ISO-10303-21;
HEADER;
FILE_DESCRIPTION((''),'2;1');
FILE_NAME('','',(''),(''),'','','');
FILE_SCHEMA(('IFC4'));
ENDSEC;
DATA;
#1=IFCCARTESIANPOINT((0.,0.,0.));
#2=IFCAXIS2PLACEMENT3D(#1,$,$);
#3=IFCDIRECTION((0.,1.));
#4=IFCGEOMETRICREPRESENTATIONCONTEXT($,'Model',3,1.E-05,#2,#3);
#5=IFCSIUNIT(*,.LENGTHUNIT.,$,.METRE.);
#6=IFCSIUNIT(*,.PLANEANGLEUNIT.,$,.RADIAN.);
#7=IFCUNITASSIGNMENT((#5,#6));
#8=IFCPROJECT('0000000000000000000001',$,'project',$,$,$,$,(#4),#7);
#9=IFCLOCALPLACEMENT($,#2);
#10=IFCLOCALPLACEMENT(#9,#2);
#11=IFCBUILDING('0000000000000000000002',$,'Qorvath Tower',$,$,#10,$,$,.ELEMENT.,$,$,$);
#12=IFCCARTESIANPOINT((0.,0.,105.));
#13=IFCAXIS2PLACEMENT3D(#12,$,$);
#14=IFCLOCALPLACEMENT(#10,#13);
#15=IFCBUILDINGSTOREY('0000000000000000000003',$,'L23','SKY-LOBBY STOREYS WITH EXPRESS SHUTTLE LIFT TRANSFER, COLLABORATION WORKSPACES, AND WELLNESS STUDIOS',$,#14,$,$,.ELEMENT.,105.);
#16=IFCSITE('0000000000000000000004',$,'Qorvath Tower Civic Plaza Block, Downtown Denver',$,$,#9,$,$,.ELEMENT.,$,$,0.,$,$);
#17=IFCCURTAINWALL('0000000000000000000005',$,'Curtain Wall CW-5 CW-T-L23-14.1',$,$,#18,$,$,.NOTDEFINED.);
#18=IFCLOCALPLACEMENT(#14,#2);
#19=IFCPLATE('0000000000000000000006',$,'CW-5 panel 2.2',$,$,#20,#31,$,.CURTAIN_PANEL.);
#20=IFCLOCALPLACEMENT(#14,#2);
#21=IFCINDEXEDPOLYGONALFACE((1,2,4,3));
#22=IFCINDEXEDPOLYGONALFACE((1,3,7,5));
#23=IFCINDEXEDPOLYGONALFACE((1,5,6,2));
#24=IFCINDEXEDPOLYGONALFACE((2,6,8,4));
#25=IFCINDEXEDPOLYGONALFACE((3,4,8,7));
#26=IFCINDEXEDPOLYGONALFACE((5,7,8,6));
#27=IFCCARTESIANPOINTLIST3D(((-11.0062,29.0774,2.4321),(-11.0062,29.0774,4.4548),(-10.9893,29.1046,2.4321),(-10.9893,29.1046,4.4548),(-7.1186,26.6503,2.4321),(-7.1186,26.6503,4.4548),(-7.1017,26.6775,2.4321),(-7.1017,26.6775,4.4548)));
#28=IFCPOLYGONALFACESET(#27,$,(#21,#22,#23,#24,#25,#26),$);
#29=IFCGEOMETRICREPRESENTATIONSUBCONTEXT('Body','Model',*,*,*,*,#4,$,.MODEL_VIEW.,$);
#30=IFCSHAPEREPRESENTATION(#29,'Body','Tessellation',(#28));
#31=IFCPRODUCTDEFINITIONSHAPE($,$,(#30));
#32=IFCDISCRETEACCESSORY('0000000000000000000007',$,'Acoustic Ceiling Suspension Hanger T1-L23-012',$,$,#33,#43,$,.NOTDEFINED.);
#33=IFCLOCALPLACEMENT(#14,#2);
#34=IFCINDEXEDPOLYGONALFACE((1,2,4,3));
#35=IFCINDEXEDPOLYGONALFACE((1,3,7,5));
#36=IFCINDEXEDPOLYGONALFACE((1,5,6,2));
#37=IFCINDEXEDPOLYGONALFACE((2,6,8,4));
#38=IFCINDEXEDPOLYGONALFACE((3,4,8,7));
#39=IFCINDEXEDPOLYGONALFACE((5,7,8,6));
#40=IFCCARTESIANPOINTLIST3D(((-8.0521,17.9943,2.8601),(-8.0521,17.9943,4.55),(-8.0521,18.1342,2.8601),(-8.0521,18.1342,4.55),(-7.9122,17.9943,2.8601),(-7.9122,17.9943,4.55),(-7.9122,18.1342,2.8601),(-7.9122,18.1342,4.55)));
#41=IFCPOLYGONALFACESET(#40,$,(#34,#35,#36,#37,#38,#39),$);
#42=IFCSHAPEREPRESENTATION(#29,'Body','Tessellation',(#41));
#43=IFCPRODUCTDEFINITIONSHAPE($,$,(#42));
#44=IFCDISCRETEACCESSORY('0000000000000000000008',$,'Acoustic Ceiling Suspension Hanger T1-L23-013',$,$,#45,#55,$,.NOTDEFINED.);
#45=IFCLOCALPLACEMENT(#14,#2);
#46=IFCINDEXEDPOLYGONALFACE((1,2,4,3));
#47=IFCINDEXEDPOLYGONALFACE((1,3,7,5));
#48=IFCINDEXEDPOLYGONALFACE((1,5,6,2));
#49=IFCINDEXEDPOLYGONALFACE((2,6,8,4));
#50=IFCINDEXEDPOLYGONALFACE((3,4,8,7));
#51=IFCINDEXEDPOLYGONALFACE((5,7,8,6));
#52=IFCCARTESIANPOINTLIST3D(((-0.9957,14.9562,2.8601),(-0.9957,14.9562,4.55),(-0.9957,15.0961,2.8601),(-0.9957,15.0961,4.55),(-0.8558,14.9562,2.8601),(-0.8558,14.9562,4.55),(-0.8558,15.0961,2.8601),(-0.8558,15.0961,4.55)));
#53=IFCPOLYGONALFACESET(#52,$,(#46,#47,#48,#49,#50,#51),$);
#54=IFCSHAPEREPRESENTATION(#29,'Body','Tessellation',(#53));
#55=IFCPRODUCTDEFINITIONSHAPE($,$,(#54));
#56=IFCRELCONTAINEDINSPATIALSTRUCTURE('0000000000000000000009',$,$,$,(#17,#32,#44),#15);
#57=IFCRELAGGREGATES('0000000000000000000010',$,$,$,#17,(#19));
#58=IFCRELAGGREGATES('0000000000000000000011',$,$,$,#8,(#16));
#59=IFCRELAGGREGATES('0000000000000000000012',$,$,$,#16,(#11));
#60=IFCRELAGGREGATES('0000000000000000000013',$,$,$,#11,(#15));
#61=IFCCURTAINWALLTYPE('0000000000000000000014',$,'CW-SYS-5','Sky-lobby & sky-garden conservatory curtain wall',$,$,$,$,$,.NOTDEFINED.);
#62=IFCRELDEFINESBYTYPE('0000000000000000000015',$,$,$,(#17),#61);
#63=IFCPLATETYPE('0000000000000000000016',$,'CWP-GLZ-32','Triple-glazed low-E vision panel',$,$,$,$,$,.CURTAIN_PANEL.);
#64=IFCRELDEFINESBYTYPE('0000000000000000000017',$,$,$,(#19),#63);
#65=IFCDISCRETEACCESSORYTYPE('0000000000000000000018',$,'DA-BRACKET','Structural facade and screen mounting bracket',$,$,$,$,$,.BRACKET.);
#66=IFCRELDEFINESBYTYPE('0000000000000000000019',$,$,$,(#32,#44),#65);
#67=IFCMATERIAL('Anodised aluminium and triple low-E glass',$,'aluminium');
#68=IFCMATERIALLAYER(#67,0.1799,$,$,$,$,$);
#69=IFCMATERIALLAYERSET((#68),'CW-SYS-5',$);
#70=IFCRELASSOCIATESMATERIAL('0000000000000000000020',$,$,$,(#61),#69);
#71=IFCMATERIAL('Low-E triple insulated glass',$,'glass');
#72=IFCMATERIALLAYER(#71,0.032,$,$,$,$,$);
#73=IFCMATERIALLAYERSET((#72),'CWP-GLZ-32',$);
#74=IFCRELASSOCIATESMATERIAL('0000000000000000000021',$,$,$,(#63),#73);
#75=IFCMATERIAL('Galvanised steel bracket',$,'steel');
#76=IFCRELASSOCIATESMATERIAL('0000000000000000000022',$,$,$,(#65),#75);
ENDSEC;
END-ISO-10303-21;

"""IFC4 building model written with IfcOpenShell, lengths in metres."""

from ifc_helpers import new_model, si_unit, direction, frame, origin, origin_2d, place, context, subcontext, project, spatial, rectangle, extrude, material, layer, layer_set, type_object, element, aggregate, save


model = new_model("IFC4")

# Units and contexts
model_context = context("Model", 3, precision=1e-05, world=origin(), true_north=direction((0.0, 1.0)))
body_context = subcontext(model_context, "Body", "Model", "MODEL_VIEW")
ifc_project = project(units=[si_unit("LENGTHUNIT", "METRE"), si_unit("PLANEANGLEUNIT", "RADIAN")], contexts=[model_context])

# Site, building, storey
site_placement = place(None, origin())
site = spatial("IfcSite", under=ifc_project, at=site_placement, Name="Qorvath Tower Civic Plaza Block, Downtown Denver", CompositionType="ELEMENT", RefElevation=0.0)
building_placement = place(site_placement, origin())
building = spatial("IfcBuilding", under=site, at=building_placement, Name="Qorvath Tower", CompositionType="ELEMENT")
storey_placement = place(building_placement, frame((0.0, 0.0, 105.0)))
storey = spatial("IfcBuildingStorey", under=building, at=storey_placement, Name="L23", Description="SKY-LOBBY STOREYS WITH EXPRESS SHUTTLE LIFT TRANSFER, COLLABORATION WORKSPACES, AND WELLNESS STUDIOS", CompositionType="ELEMENT", Elevation=105.0)

# Shared definitions
ifc_material_1 = material(Name="Anodised aluminium and triple low-E glass", Category="aluminium")
ifc_layer_1 = layer(ifc_material_1, 0.1799)
ifc_layer_set_1 = layer_set([ifc_layer_1], Name="CW-SYS-5")
curtain_wall_type = type_object("IfcCurtainWallType", Name="CW-SYS-5", Description="Sky-lobby & sky-garden conservatory curtain wall", PredefinedType="NOTDEFINED", material=ifc_layer_set_1)

# Curtain wall
curtain_wall_1_placement = place(storey_placement, origin())
curtain_wall_1 = element("IfcCurtainWall", 1, at=curtain_wall_1_placement, inside=storey, type_object=curtain_wall_type, Name="Curtain Wall CW-5 CW-T-L23-14.1", PredefinedType="NOTDEFINED")

# Plate
ifc_material_2 = material(Name="Low-E triple insulated glass", Category="glass")
ifc_layer_2 = layer(ifc_material_2, 0.032)
ifc_layer_set_2 = layer_set([ifc_layer_2], Name="CWP-GLZ-32")
plate_type = type_object("IfcPlateType", Name="CWP-GLZ-32", Description="Triple-glazed low-E vision panel", PredefinedType="CURTAIN_PANEL", material=ifc_layer_set_2)
plate_1_placement = place(storey_placement, frame((-9.054, 27.8774, 2.4321), z_axis=(0.0, 0.0, 1.0), x_axis=(-0.848257, 0.529584, 0.0)))
plate_1 = element("IfcPlate", 2, at=plate_1_placement, type_object=plate_type, Name="CW-5 panel 2.2", PredefinedType="CURTAIN_PANEL", context=body_context, shape_type="SweptSolid", body=[
    extrude(rectangle(XDim=4.583, YDim=0.032, at=origin_2d()), origin(), (0.0, 0.0, 1.0), 2.0227),
])
aggregate(curtain_wall_1, [plate_1])

# Discrete accessories
ifc_material_3 = material(Name="Galvanised steel bracket", Category="steel")
discrete_accessory_type = type_object("IfcDiscreteAccessoryType", Name="DA-BRACKET", Description="Structural facade and screen mounting bracket", PredefinedType="BRACKET", material=ifc_material_3)
for number, where, z_axis, x_axis, name in (
    (3, (-7.9822, 18.0642, 2.8601), (0.0, 0.0, 1.0), (1.0, 0.0, 0.0), "Acoustic Ceiling Suspension Hanger T1-L23-012"),
    (4, (-0.9258, 15.0261, 2.8601), (0.0, 0.0, 1.0), (1.0, 0.0, 0.0), "Acoustic Ceiling Suspension Hanger T1-L23-013"),
):
    element("IfcDiscreteAccessory", number, at=place(storey_placement, frame(where, z_axis=z_axis, x_axis=x_axis)), inside=storey, type_object=discrete_accessory_type, Name=name, PredefinedType="NOTDEFINED", context=body_context, shape_type="SweptSolid", body=[
        extrude(rectangle(XDim=0.1399, YDim=0.1399, at=origin_2d()), origin(), (0.0, 0.0, 1.0), 1.6899),
    ])

save(model, "model.ifc")
